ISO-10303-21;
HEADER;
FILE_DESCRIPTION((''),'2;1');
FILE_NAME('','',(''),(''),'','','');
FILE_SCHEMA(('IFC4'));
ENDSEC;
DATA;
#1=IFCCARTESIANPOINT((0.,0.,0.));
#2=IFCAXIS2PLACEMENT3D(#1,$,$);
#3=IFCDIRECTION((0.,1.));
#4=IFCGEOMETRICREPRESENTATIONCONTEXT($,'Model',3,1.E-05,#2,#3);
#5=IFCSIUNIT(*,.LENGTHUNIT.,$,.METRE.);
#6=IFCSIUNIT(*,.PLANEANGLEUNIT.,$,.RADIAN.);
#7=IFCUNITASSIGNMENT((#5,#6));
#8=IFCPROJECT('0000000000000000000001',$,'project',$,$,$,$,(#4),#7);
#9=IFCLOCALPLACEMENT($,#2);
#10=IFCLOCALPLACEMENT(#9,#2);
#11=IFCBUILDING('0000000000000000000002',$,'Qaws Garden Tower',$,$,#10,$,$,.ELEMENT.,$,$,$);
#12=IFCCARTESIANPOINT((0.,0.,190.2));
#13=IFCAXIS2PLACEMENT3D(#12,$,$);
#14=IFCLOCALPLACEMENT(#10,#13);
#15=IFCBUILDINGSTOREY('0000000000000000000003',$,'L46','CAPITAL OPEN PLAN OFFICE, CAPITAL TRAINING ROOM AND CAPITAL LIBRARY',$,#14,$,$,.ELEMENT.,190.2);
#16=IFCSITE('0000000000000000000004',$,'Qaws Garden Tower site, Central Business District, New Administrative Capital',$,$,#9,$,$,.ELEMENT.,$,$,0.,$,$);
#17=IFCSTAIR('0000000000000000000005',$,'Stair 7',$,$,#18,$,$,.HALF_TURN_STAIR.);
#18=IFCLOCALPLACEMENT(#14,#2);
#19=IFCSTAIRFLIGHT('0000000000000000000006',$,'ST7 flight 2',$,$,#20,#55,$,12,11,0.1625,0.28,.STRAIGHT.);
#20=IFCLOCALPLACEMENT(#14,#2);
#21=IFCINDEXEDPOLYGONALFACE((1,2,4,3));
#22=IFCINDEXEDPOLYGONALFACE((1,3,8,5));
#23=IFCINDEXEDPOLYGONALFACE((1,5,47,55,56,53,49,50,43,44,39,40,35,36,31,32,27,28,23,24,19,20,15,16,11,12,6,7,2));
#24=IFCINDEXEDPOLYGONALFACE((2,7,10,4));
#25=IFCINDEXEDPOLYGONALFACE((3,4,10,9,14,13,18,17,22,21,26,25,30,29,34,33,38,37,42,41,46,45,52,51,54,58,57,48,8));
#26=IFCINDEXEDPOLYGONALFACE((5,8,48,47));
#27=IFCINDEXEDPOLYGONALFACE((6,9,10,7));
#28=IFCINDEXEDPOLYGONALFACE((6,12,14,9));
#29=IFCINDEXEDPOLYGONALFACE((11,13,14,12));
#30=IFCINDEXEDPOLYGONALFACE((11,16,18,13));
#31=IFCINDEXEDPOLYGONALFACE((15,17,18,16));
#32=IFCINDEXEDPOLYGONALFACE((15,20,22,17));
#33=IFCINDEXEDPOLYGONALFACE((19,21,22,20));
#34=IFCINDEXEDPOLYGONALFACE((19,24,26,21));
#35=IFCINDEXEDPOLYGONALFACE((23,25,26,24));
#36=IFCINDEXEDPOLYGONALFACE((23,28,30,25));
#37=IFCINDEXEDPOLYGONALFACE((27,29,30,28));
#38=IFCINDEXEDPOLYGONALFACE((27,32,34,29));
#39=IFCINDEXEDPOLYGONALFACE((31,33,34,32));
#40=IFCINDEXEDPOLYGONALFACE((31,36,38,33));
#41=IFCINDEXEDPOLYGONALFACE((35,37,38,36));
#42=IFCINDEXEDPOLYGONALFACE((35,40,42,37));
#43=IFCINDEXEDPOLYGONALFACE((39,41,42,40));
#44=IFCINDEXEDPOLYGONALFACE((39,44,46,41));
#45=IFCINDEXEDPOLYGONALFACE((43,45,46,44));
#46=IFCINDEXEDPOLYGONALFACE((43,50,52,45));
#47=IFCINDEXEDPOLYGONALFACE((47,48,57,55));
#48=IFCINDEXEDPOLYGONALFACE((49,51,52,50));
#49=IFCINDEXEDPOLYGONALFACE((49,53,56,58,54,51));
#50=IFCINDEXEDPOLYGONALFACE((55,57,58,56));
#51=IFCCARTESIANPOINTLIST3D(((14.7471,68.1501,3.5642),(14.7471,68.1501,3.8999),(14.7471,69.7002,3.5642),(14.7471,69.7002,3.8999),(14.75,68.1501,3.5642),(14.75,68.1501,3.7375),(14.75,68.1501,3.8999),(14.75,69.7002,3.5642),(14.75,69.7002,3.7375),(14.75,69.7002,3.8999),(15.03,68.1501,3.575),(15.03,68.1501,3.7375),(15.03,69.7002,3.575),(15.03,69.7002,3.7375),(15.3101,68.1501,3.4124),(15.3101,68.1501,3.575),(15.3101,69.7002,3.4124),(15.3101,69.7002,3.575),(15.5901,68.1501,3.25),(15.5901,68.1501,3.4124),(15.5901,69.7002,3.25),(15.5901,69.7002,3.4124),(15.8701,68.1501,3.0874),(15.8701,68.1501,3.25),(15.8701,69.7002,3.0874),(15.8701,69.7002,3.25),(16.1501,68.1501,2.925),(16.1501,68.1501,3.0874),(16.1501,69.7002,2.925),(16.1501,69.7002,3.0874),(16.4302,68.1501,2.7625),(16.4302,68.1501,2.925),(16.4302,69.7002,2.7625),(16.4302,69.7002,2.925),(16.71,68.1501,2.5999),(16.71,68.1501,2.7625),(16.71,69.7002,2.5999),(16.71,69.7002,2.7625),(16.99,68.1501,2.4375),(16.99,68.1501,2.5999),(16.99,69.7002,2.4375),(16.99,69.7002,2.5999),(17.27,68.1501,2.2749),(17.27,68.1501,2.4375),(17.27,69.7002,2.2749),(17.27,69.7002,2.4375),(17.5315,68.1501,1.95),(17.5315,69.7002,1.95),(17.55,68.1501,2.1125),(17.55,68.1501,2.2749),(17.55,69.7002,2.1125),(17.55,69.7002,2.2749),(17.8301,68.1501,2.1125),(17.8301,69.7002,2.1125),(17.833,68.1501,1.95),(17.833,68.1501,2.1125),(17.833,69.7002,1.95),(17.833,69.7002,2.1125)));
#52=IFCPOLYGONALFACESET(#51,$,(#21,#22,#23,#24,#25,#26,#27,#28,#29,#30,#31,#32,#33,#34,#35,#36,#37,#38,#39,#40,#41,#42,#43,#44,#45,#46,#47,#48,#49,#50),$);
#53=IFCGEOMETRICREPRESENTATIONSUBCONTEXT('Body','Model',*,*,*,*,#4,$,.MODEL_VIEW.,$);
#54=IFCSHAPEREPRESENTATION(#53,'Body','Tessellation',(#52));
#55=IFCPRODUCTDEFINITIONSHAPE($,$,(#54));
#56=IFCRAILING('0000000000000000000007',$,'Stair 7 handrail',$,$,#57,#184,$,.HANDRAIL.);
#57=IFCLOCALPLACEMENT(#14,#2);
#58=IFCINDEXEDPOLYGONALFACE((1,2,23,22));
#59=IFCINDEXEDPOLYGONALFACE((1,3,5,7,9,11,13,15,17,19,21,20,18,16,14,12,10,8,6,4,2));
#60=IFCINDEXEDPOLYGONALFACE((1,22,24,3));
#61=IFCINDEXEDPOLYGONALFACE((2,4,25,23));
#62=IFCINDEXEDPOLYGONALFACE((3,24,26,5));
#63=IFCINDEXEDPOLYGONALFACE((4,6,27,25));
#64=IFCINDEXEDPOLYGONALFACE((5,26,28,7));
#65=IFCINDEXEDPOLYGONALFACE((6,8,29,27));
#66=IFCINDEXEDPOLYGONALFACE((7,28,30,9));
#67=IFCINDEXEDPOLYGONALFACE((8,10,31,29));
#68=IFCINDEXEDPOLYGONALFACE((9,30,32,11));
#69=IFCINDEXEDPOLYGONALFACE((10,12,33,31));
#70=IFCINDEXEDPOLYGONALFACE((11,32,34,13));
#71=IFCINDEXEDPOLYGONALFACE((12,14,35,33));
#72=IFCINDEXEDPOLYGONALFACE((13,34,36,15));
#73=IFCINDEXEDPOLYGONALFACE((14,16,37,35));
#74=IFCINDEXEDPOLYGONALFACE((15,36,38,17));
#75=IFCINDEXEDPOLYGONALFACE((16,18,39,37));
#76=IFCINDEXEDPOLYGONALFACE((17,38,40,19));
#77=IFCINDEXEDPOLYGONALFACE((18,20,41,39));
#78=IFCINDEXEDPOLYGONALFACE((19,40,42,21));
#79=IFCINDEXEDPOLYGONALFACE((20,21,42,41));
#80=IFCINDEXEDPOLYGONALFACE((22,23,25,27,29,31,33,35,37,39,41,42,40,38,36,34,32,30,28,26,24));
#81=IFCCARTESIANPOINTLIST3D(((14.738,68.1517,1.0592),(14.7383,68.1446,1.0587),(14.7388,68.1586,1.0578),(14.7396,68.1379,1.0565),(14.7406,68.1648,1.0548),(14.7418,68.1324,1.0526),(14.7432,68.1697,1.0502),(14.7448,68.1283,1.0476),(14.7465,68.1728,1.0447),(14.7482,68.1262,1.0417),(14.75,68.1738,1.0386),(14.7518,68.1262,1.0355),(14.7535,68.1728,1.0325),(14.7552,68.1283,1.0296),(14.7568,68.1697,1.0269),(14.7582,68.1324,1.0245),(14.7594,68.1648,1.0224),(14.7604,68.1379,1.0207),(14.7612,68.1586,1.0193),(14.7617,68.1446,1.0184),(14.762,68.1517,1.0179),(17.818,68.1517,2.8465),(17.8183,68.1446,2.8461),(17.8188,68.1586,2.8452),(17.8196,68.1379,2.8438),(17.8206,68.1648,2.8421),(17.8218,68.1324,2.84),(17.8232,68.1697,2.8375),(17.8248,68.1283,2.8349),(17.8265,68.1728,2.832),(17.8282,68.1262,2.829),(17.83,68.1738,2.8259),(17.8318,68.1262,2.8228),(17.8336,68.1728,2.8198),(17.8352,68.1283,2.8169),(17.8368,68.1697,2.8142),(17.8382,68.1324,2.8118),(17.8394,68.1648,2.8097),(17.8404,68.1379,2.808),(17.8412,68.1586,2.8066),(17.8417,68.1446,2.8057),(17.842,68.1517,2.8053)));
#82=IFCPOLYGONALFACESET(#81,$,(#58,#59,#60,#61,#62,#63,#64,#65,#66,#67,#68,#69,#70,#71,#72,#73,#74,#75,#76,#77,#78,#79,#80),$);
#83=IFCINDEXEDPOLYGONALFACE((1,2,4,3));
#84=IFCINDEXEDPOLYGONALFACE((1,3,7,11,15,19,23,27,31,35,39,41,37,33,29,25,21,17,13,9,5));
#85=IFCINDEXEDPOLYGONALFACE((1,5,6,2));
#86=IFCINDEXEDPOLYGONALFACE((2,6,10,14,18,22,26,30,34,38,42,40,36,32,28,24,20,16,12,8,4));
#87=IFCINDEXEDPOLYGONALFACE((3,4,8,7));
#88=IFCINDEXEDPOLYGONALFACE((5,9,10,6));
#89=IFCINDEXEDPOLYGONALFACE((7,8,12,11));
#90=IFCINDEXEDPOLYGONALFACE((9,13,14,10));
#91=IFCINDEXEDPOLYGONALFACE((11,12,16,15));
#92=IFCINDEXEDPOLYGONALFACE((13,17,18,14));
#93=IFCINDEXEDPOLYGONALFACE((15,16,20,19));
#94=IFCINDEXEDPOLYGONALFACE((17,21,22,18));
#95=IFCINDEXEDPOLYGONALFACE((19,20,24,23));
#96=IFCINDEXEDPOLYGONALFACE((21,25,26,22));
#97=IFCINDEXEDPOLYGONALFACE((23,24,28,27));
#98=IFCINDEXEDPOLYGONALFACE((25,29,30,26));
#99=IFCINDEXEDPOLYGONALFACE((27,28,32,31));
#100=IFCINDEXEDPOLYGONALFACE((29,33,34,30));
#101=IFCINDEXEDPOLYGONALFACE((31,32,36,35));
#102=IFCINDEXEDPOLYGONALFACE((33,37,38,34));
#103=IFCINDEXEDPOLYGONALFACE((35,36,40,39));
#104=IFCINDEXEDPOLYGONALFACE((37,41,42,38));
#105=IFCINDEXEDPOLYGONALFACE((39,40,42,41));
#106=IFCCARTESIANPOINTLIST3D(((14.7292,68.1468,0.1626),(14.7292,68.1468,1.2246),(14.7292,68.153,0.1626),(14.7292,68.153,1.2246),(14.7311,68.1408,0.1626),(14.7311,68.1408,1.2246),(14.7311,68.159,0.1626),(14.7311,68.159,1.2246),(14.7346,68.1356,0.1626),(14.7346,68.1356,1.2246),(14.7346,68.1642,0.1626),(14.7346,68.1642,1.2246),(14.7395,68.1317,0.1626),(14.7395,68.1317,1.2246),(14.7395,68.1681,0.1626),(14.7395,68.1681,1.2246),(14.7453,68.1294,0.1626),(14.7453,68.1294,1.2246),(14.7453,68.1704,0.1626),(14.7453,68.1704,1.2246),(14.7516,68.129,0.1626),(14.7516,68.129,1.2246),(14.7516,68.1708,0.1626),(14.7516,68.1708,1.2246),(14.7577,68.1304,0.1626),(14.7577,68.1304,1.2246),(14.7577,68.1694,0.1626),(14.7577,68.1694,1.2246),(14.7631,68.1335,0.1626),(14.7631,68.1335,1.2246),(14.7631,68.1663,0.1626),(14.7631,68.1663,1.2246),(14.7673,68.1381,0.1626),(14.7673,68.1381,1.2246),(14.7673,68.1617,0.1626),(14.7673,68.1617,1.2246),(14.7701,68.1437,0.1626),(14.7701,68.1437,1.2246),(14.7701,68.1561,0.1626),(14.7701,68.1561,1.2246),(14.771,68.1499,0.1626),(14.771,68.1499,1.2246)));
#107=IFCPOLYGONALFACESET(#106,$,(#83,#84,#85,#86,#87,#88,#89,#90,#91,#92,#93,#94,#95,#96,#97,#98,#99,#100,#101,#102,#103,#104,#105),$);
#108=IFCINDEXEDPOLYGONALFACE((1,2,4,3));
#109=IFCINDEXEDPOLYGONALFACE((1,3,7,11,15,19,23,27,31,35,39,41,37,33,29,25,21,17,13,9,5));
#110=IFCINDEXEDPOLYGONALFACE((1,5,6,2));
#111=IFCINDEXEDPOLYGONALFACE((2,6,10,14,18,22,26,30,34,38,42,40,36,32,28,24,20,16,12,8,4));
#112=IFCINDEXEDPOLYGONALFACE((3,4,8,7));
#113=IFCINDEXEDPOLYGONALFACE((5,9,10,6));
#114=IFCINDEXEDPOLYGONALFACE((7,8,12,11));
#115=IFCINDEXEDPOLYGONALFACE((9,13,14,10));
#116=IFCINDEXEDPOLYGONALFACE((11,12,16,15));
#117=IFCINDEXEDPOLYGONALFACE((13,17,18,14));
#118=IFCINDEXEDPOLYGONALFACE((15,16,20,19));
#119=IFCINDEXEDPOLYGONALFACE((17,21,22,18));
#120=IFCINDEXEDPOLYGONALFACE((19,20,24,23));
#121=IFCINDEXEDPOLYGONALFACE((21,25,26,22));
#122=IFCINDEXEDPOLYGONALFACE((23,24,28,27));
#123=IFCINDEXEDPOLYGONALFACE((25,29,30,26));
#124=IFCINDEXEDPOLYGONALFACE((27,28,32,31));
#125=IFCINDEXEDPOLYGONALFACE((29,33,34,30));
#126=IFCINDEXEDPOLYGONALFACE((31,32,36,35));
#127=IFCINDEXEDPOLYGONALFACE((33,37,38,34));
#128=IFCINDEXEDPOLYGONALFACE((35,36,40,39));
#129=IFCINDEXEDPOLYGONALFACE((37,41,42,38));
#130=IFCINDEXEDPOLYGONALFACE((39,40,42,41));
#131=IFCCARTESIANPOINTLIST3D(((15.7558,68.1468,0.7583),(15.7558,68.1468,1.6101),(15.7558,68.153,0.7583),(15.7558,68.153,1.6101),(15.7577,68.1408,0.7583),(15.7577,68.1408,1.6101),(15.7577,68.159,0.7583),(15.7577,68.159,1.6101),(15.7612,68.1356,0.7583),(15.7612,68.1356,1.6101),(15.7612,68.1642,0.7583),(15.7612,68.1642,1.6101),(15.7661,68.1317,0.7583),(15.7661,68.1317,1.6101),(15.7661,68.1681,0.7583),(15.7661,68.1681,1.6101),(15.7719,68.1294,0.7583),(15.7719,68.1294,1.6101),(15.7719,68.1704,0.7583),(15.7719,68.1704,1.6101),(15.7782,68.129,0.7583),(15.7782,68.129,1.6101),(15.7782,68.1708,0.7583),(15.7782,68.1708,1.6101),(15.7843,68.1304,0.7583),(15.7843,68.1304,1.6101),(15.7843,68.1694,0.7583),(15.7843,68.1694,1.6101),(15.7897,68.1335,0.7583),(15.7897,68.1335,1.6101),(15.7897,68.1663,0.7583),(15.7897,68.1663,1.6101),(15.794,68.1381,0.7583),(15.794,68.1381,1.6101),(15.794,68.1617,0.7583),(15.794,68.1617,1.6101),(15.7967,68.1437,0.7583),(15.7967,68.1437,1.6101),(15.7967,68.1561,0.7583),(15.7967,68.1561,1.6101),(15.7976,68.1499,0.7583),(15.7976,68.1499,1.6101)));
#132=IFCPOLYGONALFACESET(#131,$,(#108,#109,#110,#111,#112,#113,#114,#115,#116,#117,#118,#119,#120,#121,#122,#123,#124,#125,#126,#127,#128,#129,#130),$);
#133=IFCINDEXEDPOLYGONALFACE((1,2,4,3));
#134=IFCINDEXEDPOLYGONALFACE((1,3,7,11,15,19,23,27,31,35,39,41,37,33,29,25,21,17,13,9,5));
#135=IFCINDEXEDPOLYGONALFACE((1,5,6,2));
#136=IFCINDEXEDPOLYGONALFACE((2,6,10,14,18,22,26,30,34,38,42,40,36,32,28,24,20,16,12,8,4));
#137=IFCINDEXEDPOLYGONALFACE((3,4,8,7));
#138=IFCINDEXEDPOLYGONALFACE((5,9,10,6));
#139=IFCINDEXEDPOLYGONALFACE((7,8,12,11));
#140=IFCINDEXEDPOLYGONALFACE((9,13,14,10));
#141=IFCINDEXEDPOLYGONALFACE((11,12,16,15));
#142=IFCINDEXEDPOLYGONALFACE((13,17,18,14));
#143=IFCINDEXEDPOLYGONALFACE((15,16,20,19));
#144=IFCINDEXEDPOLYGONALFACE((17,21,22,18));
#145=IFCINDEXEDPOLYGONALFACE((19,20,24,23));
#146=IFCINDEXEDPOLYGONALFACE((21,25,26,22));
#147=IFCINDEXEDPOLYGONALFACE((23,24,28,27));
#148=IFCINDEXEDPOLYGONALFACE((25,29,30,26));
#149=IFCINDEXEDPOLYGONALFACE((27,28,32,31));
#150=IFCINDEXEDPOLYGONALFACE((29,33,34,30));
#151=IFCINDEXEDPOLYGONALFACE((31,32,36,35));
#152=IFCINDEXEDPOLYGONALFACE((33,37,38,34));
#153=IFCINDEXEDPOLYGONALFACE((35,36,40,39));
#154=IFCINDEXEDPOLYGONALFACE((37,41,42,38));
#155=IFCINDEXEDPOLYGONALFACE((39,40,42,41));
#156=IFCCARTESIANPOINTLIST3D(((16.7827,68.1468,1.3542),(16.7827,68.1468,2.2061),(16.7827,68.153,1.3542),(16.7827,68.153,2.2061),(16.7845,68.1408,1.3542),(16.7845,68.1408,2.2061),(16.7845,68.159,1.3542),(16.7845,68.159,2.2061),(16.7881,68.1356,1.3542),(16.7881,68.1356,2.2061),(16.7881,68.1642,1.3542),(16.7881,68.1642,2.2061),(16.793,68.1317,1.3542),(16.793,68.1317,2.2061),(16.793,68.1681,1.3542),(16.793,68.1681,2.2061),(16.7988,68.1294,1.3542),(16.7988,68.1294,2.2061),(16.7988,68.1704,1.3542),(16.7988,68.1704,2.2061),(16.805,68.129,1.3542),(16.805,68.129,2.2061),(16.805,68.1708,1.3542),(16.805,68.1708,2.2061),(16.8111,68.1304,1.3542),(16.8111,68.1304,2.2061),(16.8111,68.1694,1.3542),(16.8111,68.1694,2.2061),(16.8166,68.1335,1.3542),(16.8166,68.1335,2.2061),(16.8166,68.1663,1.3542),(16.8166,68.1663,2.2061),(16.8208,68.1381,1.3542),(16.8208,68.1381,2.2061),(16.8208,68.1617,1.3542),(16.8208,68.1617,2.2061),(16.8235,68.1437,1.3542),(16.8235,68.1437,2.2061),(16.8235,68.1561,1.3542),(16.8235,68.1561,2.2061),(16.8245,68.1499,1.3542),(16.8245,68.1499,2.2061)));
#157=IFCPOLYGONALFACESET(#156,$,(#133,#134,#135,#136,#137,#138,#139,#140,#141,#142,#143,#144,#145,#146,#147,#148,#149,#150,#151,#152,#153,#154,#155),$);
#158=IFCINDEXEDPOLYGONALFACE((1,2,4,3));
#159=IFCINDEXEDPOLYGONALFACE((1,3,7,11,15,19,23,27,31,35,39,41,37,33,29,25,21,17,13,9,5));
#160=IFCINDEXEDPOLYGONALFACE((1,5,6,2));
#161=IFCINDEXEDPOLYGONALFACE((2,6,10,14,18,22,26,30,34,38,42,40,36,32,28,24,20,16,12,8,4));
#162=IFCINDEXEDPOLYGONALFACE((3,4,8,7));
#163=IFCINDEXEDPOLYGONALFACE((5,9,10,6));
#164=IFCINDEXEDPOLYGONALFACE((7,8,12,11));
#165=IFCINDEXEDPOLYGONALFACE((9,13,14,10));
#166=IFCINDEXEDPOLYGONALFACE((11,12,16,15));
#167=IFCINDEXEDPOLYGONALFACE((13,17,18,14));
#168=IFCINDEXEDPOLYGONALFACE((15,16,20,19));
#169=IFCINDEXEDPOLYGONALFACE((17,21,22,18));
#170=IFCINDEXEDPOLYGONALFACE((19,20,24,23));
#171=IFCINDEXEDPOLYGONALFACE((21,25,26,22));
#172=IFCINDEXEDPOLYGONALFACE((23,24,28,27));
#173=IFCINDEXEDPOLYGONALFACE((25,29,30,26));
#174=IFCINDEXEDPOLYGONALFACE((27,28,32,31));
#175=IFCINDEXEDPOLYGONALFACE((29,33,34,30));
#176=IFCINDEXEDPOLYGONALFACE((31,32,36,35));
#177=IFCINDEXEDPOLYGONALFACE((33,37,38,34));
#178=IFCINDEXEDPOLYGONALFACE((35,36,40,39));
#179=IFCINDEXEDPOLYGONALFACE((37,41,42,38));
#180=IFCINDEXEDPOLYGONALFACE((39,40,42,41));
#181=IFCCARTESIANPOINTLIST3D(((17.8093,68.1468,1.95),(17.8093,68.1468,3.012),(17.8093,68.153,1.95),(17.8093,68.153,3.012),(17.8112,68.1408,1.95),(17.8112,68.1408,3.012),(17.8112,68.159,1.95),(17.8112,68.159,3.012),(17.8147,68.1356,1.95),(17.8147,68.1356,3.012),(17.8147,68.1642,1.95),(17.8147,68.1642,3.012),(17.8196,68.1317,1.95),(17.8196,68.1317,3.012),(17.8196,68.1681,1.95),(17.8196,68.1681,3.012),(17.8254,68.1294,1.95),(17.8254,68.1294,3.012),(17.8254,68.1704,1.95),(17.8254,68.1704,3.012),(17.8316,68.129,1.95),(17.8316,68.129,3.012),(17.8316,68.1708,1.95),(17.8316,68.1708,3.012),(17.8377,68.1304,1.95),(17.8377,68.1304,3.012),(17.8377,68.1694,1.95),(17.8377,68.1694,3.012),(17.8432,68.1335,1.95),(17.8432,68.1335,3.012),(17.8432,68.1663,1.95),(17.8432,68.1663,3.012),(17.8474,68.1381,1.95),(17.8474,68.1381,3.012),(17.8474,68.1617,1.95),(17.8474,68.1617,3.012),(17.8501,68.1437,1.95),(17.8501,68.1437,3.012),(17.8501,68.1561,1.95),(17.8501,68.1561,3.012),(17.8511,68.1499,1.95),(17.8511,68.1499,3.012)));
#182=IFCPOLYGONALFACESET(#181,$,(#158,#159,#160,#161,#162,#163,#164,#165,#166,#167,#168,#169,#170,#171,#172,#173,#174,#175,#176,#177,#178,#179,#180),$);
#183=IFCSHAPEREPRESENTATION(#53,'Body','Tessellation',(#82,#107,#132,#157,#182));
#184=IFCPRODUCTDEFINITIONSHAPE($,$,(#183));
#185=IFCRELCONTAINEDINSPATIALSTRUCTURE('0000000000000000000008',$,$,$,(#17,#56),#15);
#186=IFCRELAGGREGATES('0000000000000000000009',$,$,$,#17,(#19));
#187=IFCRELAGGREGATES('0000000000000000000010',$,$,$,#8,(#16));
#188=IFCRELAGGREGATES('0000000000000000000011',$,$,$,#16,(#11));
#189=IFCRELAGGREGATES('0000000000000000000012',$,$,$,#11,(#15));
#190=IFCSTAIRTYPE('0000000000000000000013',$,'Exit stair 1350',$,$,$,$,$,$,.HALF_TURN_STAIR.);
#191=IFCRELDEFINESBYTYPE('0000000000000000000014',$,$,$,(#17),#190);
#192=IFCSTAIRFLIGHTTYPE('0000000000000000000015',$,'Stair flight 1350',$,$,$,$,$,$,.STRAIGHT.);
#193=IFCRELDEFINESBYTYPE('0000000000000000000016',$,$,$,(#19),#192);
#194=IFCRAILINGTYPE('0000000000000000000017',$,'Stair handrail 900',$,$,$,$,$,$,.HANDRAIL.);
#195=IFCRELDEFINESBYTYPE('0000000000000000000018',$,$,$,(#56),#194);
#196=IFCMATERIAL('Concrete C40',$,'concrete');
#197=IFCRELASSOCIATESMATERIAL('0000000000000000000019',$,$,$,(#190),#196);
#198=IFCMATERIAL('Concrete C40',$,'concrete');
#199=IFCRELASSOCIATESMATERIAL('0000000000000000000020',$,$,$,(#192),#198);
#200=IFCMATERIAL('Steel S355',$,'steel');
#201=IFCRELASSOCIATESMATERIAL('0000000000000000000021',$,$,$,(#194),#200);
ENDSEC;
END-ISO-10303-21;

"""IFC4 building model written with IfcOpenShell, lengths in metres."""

from ifc_helpers import new_model, si_unit, direction, frame, origin, origin_2d, place, context, subcontext, project, spatial, polyline, circle, outline, extrude, material, type_object, element, aggregate, save


model = new_model("IFC4")

# Units and contexts
model_context = context("Model", 3, precision=1e-05, world=origin(), true_north=direction((0.0, 1.0)))
body_context = subcontext(model_context, "Body", "Model", "MODEL_VIEW")
ifc_project = project(units=[si_unit("LENGTHUNIT", "METRE"), si_unit("PLANEANGLEUNIT", "RADIAN")], contexts=[model_context])

# Site, building, storey
site_placement = place(None, origin())
site = spatial("IfcSite", under=ifc_project, at=site_placement, Name="Qaws Garden Tower site, Central Business District, New Administrative Capital", CompositionType="ELEMENT", RefElevation=0.0)
building_placement = place(site_placement, origin())
building = spatial("IfcBuilding", under=site, at=building_placement, Name="Qaws Garden Tower", CompositionType="ELEMENT")
storey_placement = place(building_placement, frame((0.0, 0.0, 190.2)))
storey = spatial("IfcBuildingStorey", under=building, at=storey_placement, Name="L46", Description="CAPITAL OPEN PLAN OFFICE, CAPITAL TRAINING ROOM AND CAPITAL LIBRARY", CompositionType="ELEMENT", Elevation=190.2)

# Stair, stair flight
ifc_material_1 = material(Name="Concrete C40", Category="concrete")
stair_type = type_object("IfcStairType", Name="Exit stair 1350", PredefinedType="HALF_TURN_STAIR", material=ifc_material_1)
stair_placement = place(storey_placement, origin())
stair = element("IfcStair", 1, at=stair_placement, inside=storey, type_object=stair_type, Name="Stair 7", PredefinedType="HALF_TURN_STAIR")
ifc_material_2 = material(Name="Concrete C40", Category="concrete")
stair_flight_type = type_object("IfcStairFlightType", Name="Stair flight 1350", PredefinedType="STRAIGHT", material=ifc_material_2)
stair_flight_placement = place(storey_placement, frame((17.8301, 68.925, 1.95), z_axis=(0.0, 0.0, 1.0), x_axis=(-1.0, 0.0, 0.0)))
stair_flight = element("IfcStairFlight", 2, at=stair_flight_placement, type_object=stair_flight_type, Name="ST7 flight 2", NumberOfRisers=12, NumberOfTreads=11, PredefinedType="STRAIGHT", RiserHeight=0.1625, TreadLength=0.28, context=body_context, shape_type="SweptSolid", body=[
    extrude(outline(polyline([(-0.0029, 0.0), (-0.0029, 0.1626), (0.0, 0.1626), (0.28, 0.1626), (0.28, 0.325), (0.5601, 0.325), (0.5601, 0.4875), (0.8401, 0.4875), (0.8401, 0.6499), (1.1201, 0.6499), (1.1201, 0.8125), (1.3999, 0.8125), (1.3999, 0.9751), (1.6799, 0.9751), (1.6799, 1.1375), (1.96, 1.1375), (1.96, 1.3), (2.24, 1.3), (2.24, 1.4624), (2.52, 1.4624), (2.52, 1.625), (2.8, 1.625), (2.8, 1.7876), (3.0801, 1.7876), (3.0801, 1.95), (3.083, 1.95), (3.083, 1.6143), (3.0801, 1.6143), (0.2986, 0.0), (-0.0029, 0.0)])), frame((0.0, 0.7749, 0.0), z_axis=(0.0, -1.0, 0.0), x_axis=(1.0, 0.0, 0.0)), (0.0, 0.0, 1.0), 1.55),
])
aggregate(stair, [stair_flight])

# Railing
ifc_material_3 = material(Name="Steel S355", Category="steel")
railing_type = type_object("IfcRailingType", Name="Stair handrail 900", PredefinedType="HANDRAIL", material=ifc_material_3)
railing_1_placement = place(storey_placement, frame((14.75, 68.1499, 0.1626)))
element("IfcRailing", 3, at=railing_1_placement, inside=storey, type_object=railing_type, Name="Stair 7 handrail", PredefinedType="HANDRAIL", context=body_context, shape_type="SweptSolid", body=[
    extrude(circle(Radius=0.0239, at=origin_2d()), frame((0.0, 0.0, 0.876), z_axis=(0.86492, 0.0, 0.501909), x_axis=(0.0, 1.0, 0.0)), (0.0, 0.0, 1.0), 3.561),
    extrude(circle(Radius=0.021, at=origin_2d()), origin(), (0.0, 0.0, 1.0), 1.062),
    extrude(circle(Radius=0.021, at=origin_2d()), frame((1.0266, 0.0, 0.5957)), (0.0, 0.0, 1.0), 0.8518),
    extrude(circle(Radius=0.021, at=origin_2d()), frame((2.0535, 0.0, 1.1917)), (0.0, 0.0, 1.0), 0.8518),
    extrude(circle(Radius=0.021, at=origin_2d()), frame((3.0801, 0.0, 1.7874)), (0.0, 0.0, 1.0), 1.062),
])

save(model, "model.ifc")
